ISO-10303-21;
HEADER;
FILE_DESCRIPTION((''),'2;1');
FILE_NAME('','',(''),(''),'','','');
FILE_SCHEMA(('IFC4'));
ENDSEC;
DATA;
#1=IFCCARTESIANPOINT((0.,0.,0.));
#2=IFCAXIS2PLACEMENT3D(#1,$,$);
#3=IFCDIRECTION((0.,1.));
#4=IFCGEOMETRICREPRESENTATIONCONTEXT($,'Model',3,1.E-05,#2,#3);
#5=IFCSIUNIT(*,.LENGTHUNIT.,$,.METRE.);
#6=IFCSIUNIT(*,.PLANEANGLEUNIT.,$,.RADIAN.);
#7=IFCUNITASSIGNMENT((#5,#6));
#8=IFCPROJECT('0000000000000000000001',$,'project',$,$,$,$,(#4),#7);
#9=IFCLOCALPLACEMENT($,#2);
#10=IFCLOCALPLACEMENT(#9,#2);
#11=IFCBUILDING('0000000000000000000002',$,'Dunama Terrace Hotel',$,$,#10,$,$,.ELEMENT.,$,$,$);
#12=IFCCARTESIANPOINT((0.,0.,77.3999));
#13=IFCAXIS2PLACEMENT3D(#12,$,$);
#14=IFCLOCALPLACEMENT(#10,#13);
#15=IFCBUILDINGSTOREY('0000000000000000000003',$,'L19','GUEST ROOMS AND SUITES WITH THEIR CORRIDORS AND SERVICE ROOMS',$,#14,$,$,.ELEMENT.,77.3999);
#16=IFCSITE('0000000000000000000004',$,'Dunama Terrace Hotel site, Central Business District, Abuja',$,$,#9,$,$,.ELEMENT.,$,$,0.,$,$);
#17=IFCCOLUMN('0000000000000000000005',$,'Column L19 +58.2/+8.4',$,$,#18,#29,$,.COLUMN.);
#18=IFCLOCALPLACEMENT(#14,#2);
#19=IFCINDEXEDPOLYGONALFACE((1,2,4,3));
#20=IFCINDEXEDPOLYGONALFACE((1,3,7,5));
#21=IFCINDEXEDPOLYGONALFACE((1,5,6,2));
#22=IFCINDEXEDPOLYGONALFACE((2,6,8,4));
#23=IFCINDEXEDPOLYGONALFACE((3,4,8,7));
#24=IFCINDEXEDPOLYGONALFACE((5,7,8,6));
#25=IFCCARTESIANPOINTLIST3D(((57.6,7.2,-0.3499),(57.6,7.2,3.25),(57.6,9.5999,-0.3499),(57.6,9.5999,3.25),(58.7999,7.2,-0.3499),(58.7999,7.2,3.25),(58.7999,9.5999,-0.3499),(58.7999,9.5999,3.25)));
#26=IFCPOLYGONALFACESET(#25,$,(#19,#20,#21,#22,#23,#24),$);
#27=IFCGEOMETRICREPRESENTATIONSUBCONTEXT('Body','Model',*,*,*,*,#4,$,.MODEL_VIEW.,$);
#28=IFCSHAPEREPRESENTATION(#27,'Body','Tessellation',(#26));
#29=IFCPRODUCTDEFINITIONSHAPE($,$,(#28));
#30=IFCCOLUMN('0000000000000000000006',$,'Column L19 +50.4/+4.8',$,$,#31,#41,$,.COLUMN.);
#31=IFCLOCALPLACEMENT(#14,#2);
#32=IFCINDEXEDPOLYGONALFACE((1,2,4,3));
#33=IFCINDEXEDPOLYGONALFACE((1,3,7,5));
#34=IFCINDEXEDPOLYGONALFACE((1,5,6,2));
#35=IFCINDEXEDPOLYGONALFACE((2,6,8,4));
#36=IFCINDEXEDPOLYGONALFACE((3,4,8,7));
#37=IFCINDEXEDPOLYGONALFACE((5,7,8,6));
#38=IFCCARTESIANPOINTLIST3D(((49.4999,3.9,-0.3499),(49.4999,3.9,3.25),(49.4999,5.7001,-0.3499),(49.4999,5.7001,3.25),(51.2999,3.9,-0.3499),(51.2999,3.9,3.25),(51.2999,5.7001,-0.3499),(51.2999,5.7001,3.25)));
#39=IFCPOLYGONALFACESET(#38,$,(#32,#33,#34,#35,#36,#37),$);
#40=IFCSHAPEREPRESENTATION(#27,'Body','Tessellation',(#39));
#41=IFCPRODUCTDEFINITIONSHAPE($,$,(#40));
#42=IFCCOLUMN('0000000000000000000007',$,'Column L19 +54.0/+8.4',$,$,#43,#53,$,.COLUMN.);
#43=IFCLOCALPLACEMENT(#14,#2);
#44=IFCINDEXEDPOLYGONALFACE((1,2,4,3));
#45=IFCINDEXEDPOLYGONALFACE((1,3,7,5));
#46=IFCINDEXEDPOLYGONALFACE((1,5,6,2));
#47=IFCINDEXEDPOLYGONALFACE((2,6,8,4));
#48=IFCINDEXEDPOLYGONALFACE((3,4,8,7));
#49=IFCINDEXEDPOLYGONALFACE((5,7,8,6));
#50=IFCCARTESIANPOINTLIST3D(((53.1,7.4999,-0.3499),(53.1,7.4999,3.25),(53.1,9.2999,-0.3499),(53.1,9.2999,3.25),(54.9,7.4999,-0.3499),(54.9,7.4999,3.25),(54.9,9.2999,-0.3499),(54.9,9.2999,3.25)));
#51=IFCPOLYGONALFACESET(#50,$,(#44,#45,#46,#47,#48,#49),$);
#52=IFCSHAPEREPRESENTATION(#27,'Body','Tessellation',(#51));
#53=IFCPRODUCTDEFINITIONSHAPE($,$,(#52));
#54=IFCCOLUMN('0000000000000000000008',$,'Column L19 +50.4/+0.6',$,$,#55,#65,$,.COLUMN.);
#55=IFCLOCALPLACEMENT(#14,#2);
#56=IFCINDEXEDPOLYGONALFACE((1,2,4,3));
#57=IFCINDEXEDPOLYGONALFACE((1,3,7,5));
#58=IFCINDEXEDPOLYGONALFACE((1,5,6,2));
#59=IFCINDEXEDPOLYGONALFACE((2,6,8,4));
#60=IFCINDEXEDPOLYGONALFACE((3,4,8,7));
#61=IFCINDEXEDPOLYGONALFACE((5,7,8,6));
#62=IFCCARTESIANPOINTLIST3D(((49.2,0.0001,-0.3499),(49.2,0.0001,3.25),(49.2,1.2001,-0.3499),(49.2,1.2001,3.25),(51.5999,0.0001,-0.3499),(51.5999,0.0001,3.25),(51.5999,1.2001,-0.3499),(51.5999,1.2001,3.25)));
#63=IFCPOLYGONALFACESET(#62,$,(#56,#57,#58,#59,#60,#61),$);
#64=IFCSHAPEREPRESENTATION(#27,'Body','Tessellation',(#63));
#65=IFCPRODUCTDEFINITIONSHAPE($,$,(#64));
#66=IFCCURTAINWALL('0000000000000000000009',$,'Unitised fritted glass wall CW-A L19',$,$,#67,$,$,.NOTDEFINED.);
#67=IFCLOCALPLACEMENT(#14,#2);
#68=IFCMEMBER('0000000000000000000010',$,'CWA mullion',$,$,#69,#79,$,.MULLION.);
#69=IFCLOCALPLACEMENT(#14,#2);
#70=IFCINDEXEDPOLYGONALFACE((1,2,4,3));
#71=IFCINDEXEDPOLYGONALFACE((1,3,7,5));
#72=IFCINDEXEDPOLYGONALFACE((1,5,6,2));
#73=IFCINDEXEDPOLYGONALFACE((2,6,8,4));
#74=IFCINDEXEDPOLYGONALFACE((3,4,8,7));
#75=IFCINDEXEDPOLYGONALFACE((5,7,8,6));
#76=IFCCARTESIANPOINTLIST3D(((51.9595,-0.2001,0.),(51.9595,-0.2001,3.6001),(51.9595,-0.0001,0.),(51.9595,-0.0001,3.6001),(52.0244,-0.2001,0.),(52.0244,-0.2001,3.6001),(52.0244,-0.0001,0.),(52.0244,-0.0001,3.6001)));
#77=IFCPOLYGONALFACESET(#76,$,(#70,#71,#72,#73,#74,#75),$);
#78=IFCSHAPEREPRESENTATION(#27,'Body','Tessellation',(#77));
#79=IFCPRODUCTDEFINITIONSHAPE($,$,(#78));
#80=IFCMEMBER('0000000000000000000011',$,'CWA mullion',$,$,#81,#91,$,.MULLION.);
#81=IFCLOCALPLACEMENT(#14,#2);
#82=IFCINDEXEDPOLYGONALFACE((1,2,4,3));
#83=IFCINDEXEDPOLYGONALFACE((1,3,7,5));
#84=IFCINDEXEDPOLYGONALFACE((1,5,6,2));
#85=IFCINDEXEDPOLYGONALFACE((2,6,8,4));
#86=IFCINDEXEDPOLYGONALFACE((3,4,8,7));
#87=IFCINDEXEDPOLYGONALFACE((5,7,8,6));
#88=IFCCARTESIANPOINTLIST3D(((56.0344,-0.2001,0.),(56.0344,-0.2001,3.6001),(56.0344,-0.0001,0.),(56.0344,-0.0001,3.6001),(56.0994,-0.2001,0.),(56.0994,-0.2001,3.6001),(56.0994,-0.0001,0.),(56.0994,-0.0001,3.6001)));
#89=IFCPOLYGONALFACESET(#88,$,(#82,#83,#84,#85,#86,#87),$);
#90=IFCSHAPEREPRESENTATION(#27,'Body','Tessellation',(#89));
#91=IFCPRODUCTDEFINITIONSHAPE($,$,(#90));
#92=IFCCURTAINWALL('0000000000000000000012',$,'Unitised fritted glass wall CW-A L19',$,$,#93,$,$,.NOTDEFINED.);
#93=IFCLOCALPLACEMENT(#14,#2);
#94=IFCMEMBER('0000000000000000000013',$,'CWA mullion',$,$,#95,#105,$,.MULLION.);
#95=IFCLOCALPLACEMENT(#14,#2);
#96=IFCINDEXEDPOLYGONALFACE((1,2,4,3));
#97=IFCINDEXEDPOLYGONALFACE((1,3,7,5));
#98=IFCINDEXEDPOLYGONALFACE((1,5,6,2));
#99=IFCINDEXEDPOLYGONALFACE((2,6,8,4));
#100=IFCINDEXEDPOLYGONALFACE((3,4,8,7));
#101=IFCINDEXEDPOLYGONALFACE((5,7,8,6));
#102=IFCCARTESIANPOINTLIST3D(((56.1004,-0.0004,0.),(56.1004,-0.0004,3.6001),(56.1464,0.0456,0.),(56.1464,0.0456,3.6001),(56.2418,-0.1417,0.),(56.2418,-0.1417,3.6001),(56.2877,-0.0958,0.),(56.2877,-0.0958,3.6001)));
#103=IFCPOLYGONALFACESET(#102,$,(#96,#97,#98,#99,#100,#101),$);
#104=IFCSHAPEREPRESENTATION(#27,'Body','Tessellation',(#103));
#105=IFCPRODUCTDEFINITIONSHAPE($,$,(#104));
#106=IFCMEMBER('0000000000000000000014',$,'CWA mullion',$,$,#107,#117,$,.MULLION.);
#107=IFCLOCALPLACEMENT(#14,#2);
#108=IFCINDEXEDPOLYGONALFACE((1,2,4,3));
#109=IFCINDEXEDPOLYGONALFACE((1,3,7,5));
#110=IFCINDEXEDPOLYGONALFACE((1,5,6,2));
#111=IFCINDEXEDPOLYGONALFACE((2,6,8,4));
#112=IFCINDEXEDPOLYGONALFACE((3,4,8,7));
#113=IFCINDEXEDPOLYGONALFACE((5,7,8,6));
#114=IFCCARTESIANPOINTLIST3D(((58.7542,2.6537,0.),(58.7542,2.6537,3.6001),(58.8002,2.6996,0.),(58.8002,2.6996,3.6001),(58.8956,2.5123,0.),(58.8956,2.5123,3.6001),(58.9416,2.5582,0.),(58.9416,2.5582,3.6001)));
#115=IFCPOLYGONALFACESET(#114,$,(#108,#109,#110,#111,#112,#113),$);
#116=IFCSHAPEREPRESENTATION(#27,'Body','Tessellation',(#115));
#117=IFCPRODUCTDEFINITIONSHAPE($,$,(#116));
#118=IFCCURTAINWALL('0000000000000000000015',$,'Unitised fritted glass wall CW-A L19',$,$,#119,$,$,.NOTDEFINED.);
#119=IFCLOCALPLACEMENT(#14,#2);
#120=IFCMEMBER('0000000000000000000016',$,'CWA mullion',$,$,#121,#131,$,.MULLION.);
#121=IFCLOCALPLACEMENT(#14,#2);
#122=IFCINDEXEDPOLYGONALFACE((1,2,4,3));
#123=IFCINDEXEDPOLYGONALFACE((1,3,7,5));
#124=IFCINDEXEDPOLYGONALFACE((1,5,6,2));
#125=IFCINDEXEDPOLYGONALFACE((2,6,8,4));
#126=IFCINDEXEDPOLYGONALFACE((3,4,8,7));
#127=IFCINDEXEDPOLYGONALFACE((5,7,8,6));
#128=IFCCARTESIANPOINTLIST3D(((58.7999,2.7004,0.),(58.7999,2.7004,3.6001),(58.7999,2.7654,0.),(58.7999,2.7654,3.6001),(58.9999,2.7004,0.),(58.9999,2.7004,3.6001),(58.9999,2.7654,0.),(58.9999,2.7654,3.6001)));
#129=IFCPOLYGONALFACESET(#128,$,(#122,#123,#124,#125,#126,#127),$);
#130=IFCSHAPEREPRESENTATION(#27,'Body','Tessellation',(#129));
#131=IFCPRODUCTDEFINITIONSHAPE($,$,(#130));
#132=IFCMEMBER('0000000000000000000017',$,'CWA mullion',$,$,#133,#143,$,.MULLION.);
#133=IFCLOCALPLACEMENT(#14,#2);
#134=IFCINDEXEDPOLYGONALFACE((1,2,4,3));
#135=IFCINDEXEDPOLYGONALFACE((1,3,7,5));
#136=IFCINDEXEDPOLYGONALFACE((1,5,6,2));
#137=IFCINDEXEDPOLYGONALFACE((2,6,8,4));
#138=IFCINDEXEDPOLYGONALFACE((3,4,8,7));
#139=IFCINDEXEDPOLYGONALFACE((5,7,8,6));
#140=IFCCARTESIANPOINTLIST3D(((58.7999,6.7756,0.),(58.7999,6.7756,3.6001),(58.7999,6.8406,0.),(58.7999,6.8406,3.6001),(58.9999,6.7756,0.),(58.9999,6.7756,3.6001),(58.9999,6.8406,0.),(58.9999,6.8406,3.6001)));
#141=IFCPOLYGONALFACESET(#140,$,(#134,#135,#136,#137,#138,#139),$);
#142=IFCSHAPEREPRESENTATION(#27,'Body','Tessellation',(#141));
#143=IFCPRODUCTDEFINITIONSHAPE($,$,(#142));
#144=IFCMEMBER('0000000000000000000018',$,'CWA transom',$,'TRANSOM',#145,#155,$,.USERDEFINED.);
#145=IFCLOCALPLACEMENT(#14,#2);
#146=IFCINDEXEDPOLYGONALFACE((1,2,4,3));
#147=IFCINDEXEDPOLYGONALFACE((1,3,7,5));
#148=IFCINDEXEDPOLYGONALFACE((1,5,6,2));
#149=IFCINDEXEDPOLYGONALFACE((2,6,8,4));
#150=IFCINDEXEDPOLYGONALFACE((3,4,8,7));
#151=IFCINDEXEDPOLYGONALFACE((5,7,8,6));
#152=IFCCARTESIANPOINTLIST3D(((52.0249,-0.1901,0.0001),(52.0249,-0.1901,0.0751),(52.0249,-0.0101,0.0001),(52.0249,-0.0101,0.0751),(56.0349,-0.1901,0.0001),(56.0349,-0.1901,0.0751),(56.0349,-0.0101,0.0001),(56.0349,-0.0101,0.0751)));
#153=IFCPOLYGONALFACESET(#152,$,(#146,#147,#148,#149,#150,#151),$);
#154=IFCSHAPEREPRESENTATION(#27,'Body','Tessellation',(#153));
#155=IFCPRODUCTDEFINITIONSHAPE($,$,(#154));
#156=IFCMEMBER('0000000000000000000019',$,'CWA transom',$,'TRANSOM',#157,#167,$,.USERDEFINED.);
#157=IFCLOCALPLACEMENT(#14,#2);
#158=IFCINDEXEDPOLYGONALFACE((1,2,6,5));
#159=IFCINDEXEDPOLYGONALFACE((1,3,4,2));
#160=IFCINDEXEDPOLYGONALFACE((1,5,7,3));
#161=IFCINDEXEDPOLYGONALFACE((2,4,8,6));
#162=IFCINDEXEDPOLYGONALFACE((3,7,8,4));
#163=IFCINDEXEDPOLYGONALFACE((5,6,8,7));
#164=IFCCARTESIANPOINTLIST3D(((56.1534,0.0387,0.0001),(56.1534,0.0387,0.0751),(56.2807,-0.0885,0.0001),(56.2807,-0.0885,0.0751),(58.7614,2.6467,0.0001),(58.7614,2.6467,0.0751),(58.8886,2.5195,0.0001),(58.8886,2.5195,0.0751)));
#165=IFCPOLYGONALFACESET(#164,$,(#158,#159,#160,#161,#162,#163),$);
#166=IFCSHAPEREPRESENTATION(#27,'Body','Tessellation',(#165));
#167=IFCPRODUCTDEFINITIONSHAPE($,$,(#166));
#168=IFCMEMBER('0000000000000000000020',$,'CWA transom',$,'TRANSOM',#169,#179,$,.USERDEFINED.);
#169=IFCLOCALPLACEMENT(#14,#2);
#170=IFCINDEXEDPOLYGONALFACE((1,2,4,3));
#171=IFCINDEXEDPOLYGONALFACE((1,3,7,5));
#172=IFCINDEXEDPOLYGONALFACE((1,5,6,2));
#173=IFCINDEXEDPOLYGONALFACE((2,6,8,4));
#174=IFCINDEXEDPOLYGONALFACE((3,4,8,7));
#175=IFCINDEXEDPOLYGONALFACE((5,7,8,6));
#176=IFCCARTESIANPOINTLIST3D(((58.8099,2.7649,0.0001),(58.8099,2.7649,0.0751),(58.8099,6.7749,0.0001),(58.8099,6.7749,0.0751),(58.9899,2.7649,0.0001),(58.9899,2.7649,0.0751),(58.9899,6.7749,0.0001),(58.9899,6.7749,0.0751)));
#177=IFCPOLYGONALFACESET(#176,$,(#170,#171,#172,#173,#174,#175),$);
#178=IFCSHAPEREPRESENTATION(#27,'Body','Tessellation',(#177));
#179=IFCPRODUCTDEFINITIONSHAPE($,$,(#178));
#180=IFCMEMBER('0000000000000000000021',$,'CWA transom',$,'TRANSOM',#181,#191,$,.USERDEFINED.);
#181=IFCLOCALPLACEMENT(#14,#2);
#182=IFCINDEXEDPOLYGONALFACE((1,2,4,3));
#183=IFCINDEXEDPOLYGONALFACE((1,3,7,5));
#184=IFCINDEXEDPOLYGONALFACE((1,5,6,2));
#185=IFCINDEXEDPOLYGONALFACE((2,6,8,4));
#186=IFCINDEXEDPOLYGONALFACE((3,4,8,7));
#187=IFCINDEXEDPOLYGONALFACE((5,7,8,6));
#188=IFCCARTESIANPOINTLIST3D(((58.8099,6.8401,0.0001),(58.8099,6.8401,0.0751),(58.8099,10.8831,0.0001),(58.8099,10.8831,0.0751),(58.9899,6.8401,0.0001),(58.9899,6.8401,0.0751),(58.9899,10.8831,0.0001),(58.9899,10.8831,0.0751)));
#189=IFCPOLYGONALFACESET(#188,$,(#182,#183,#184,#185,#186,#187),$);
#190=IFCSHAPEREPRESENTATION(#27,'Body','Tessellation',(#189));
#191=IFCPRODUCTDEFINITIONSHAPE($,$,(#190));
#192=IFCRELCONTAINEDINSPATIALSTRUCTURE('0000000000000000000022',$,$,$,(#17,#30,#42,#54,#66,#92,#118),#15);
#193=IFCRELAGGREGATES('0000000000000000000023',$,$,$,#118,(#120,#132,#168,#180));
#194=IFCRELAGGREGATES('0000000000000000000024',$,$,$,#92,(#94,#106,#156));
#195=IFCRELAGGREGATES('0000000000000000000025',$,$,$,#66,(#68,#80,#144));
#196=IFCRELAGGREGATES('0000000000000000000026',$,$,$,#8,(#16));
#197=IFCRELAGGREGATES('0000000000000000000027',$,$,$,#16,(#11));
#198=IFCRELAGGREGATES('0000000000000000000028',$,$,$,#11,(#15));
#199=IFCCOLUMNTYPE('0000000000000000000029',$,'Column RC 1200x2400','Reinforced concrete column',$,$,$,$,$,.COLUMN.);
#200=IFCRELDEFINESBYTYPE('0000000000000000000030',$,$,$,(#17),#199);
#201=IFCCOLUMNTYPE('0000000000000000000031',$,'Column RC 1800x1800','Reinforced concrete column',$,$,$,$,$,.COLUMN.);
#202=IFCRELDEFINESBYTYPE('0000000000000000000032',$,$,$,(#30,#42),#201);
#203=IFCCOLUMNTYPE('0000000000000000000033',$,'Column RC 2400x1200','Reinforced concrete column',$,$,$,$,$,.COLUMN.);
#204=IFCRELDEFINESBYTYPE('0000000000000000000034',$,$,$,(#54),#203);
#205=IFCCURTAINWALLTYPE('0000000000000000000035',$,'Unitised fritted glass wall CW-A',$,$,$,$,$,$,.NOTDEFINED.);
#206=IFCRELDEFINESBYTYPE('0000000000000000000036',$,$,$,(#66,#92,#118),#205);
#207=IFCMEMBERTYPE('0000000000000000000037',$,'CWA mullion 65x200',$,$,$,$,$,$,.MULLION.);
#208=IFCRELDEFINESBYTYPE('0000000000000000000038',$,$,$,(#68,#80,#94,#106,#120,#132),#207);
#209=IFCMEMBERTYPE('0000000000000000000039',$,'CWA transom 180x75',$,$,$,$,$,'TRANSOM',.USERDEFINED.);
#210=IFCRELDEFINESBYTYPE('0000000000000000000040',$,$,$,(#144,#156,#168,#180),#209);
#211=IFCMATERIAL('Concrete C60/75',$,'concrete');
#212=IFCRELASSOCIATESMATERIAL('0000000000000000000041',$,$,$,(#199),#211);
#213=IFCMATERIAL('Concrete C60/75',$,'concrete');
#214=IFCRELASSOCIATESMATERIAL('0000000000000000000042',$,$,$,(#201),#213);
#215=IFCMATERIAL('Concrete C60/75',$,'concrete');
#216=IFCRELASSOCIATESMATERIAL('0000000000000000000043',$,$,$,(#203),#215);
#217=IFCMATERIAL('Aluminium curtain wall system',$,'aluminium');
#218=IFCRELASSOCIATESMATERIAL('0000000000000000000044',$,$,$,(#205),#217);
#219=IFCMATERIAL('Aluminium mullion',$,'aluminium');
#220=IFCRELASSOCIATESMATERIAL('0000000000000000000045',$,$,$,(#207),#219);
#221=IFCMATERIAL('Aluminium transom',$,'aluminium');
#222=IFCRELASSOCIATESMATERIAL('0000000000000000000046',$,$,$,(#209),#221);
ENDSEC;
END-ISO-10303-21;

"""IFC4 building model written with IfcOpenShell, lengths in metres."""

from ifc_helpers import new_model, si_unit, direction, frame, origin, origin_2d, place, context, subcontext, project, spatial, rectangle, extrude, material, material_profile, profile_set, type_object, element, aggregate, save


model = new_model("IFC4")

# Units and contexts
model_context = context("Model", 3, precision=1e-05, world=origin(), true_north=direction((0.0, 1.0)))
body_context = subcontext(model_context, "Body", "Model", "MODEL_VIEW")
ifc_project = project(units=[si_unit("LENGTHUNIT", "METRE"), si_unit("PLANEANGLEUNIT", "RADIAN")], contexts=[model_context])

# Site, building, storey
site_placement = place(None, origin())
site = spatial("IfcSite", under=ifc_project, at=site_placement, Name="Dunama Terrace Hotel site, Central Business District, Abuja", CompositionType="ELEMENT", RefElevation=0.0)
building_placement = place(site_placement, origin())
building = spatial("IfcBuilding", under=site, at=building_placement, Name="Dunama Terrace Hotel", CompositionType="ELEMENT")
storey_placement = place(building_placement, frame((0.0, 0.0, 77.3999)))
storey = spatial("IfcBuildingStorey", under=building, at=storey_placement, Name="L19", Description="GUEST ROOMS AND SUITES WITH THEIR CORRIDORS AND SERVICE ROOMS", CompositionType="ELEMENT", Elevation=77.3999)

# Columns
ifc_material_1 = material(Name="Concrete C60/75", Category="concrete")
ifc_material_profile_1 = material_profile(ifc_material_1, rectangle(XDim=1.2, YDim=2.3999, at=origin_2d()), Name="RC 1200x2400")
ifc_profile_set_1 = profile_set([ifc_material_profile_1], Name="Concrete C60/75")
column_type_1 = type_object("IfcColumnType", Name="Column RC 1200x2400", Description="Reinforced concrete column", PredefinedType="COLUMN", material=ifc_profile_set_1)
column_1_placement = place(storey_placement, frame((58.2, 8.3999, -0.3499), z_axis=(0.0, 0.0, 1.0), x_axis=(1.0, 0.0, 0.0)))
element("IfcColumn", 1, at=column_1_placement, inside=storey, type_object=column_type_1, Name="Column L19 +58.2/+8.4", PredefinedType="COLUMN", context=body_context, shape_type="SweptSolid", body=[
    extrude(rectangle(XDim=1.2, YDim=2.3999, at=origin_2d()), origin(), (0.0, 0.0, 1.0), 3.5999),
])
ifc_material_2 = material(Name="Concrete C60/75", Category="concrete")
ifc_material_profile_2 = material_profile(ifc_material_2, rectangle(XDim=1.8, YDim=1.8, at=origin_2d()), Name="RC 1800x1800")
ifc_profile_set_2 = profile_set([ifc_material_profile_2], Name="Concrete C60/75")
column_type_2 = type_object("IfcColumnType", Name="Column RC 1800x1800", Description="Reinforced concrete column", PredefinedType="COLUMN", material=ifc_profile_set_2)
for number, where, z_axis, x_axis, name in (
    (2, (50.3999, 4.8, -0.3499), (0.0, 0.0, 1.0), (1.0, 0.0, 0.0), "Column L19 +50.4/+4.8"),
    (3, (54.0, 8.3999, -0.3499), (0.0, 0.0, 1.0), (1.0, 0.0, 0.0), "Column L19 +54.0/+8.4"),
):
    element("IfcColumn", number, at=place(storey_placement, frame(where, z_axis=z_axis, x_axis=x_axis)), inside=storey, type_object=column_type_2, Name=name, PredefinedType="COLUMN", context=body_context, shape_type="SweptSolid", body=[
        extrude(rectangle(XDim=1.8, YDim=1.8, at=origin_2d()), origin(), (0.0, 0.0, 1.0), 3.5999),
    ])
ifc_material_3 = material(Name="Concrete C60/75", Category="concrete")
ifc_material_profile_3 = material_profile(ifc_material_3, rectangle(XDim=2.3999, YDim=1.2, at=origin_2d()), Name="RC 2400x1200")
ifc_profile_set_3 = profile_set([ifc_material_profile_3], Name="Concrete C60/75")
column_type_3 = type_object("IfcColumnType", Name="Column RC 2400x1200", Description="Reinforced concrete column", PredefinedType="COLUMN", material=ifc_profile_set_3)
column_2_placement = place(storey_placement, frame((50.3999, 0.6001, -0.3499), z_axis=(0.0, 0.0, 1.0), x_axis=(1.0, 0.0, 0.0)))
element("IfcColumn", 4, at=column_2_placement, inside=storey, type_object=column_type_3, Name="Column L19 +50.4/+0.6", PredefinedType="COLUMN", context=body_context, shape_type="SweptSolid", body=[
    extrude(rectangle(XDim=2.3999, YDim=1.2, at=origin_2d()), origin(), (0.0, 0.0, 1.0), 3.5999),
])

# Curtain walls, members
ifc_material_4 = material(Name="Aluminium curtain wall system", Category="aluminium")
curtain_wall_type = type_object("IfcCurtainWallType", Name="Unitised fritted glass wall CW-A", PredefinedType="NOTDEFINED", material=ifc_material_4)
curtain_wall_1_placement = place(storey_placement, origin())
curtain_wall_1 = element("IfcCurtainWall", 5, at=curtain_wall_1_placement, inside=storey, type_object=curtain_wall_type, Name="Unitised fritted glass wall CW-A L19", PredefinedType="NOTDEFINED")
ifc_material_5 = material(Name="Aluminium mullion", Category="aluminium")
ifc_material_profile_4 = material_profile(ifc_material_5, rectangle(XDim=0.0649, YDim=0.2, at=origin_2d()), Name="CWA MULLION 65X200")
ifc_profile_set_4 = profile_set([ifc_material_profile_4], Name="Aluminium mullion")
member_type_1 = type_object("IfcMemberType", Name="CWA mullion 65x200", PredefinedType="MULLION", material=ifc_profile_set_4)
member_1_placement = place(storey_placement, frame((51.9919, -0.1001, 0.0), z_axis=(0.0, 0.0, 1.0), x_axis=(1.0, 0.0, 0.0)))
member_1 = element("IfcMember", 6, at=member_1_placement, type_object=member_type_1, Name="CWA mullion", PredefinedType="MULLION", context=body_context, shape_type="SweptSolid", body=[
    extrude(rectangle(XDim=0.0649, YDim=0.2, at=origin_2d()), origin(), (0.0, 0.0, 1.0), 3.6001),
])
member_2_placement = place(storey_placement, frame((56.0669, -0.1001, 0.0), z_axis=(0.0, 0.0, 1.0), x_axis=(1.0, 0.0, 0.0)))
member_2 = element("IfcMember", 7, at=member_2_placement, type_object=member_type_1, Name="CWA mullion", PredefinedType="MULLION", context=body_context, shape_type="SweptSolid", body=[
    extrude(rectangle(XDim=0.0649, YDim=0.2, at=origin_2d()), origin(), (0.0, 0.0, 1.0), 3.6001),
])
curtain_wall_2_placement = place(storey_placement, origin())
curtain_wall_2 = element("IfcCurtainWall", 8, at=curtain_wall_2_placement, inside=storey, type_object=curtain_wall_type, Name="Unitised fritted glass wall CW-A L19", PredefinedType="NOTDEFINED")
member_3_placement = place(storey_placement, frame((56.1941, -0.0481, 0.0), z_axis=(0.0, 0.0, 1.0), x_axis=(0.707107, 0.707107, 0.0)))
member_3 = element("IfcMember", 9, at=member_3_placement, type_object=member_type_1, Name="CWA mullion", PredefinedType="MULLION", context=body_context, shape_type="SweptSolid", body=[
    extrude(rectangle(XDim=0.0649, YDim=0.2, at=origin_2d()), origin(), (0.0, 0.0, 1.0), 3.6001),
])
member_4_placement = place(storey_placement, frame((58.8479, 2.606, 0.0), z_axis=(0.0, 0.0, 1.0), x_axis=(0.707107, 0.707107, 0.0)))
member_4 = element("IfcMember", 10, at=member_4_placement, type_object=member_type_1, Name="CWA mullion", PredefinedType="MULLION", context=body_context, shape_type="SweptSolid", body=[
    extrude(rectangle(XDim=0.0649, YDim=0.2, at=origin_2d()), origin(), (0.0, 0.0, 1.0), 3.6001),
])
curtain_wall_3_placement = place(storey_placement, origin())
curtain_wall_3 = element("IfcCurtainWall", 11, at=curtain_wall_3_placement, inside=storey, type_object=curtain_wall_type, Name="Unitised fritted glass wall CW-A L19", PredefinedType="NOTDEFINED")
member_5_placement = place(storey_placement, frame((58.8999, 2.7329, 0.0), z_axis=(0.0, 0.0, 1.0), x_axis=(0.0, 1.0, 0.0)))
member_5 = element("IfcMember", 12, at=member_5_placement, type_object=member_type_1, Name="CWA mullion", PredefinedType="MULLION", context=body_context, shape_type="SweptSolid", body=[
    extrude(rectangle(XDim=0.0649, YDim=0.2, at=origin_2d()), origin(), (0.0, 0.0, 1.0), 3.6001),
])
member_6_placement = place(storey_placement, frame((58.8999, 6.8081, 0.0), z_axis=(0.0, 0.0, 1.0), x_axis=(0.0, 1.0, 0.0)))
member_6 = element("IfcMember", 13, at=member_6_placement, type_object=member_type_1, Name="CWA mullion", PredefinedType="MULLION", context=body_context, shape_type="SweptSolid", body=[
    extrude(rectangle(XDim=0.0649, YDim=0.2, at=origin_2d()), origin(), (0.0, 0.0, 1.0), 3.6001),
])

# Members
ifc_material_6 = material(Name="Aluminium transom", Category="aluminium")
ifc_material_profile_5 = material_profile(ifc_material_6, rectangle(XDim=0.1799, YDim=0.075, at=origin_2d()), Name="CWA TRANSOM 180X75")
ifc_profile_set_5 = profile_set([ifc_material_profile_5], Name="Aluminium transom")
member_type_2 = type_object("IfcMemberType", Name="CWA transom 180x75", ElementType="TRANSOM", PredefinedType="USERDEFINED", material=ifc_profile_set_5)
member_7_placement = place(storey_placement, frame((52.0249, -0.1001, 0.0376), z_axis=(1.0, 0.0, 0.0), x_axis=(0.0, 1.0, 0.0)))
member_7 = element("IfcMember", 14, at=member_7_placement, type_object=member_type_2, Name="CWA transom", ObjectType="TRANSOM", PredefinedType="USERDEFINED", context=body_context, shape_type="SweptSolid", body=[
    extrude(rectangle(XDim=0.1799, YDim=0.075, at=origin_2d()), origin(), (0.0, 0.0, 1.0), 4.01),
])
member_8_placement = place(storey_placement, frame((56.217, -0.0249, 0.0376), z_axis=(0.707107, 0.707107, 0.0), x_axis=(-0.707107, 0.707107, 0.0)))
member_8 = element("IfcMember", 15, at=member_8_placement, type_object=member_type_2, Name="CWA transom", ObjectType="TRANSOM", PredefinedType="USERDEFINED", context=body_context, shape_type="SweptSolid", body=[
    extrude(rectangle(XDim=0.1799, YDim=0.075, at=origin_2d()), origin(), (0.0, 0.0, 1.0), 3.6882),
])
member_9_placement = place(storey_placement, frame((58.8999, 2.7649, 0.0376), z_axis=(0.0, 1.0, 0.0), x_axis=(-1.0, 0.0, 0.0)))
member_9 = element("IfcMember", 16, at=member_9_placement, type_object=member_type_2, Name="CWA transom", ObjectType="TRANSOM", PredefinedType="USERDEFINED", context=body_context, shape_type="SweptSolid", body=[
    extrude(rectangle(XDim=0.1799, YDim=0.075, at=origin_2d()), origin(), (0.0, 0.0, 1.0), 4.01),
])
member_10_placement = place(storey_placement, frame((58.8999, 6.8401, 0.0376), z_axis=(0.0, 1.0, 0.0), x_axis=(-1.0, 0.0, 0.0)))
member_10 = element("IfcMember", 17, at=member_10_placement, type_object=member_type_2, Name="CWA transom", ObjectType="TRANSOM", PredefinedType="USERDEFINED", context=body_context, shape_type="SweptSolid", body=[
    extrude(rectangle(XDim=0.1799, YDim=0.075, at=origin_2d()), origin(), (0.0, 0.0, 1.0), 4.043),
])

aggregate(curtain_wall_3, [member_5, member_6, member_9, member_10])
aggregate(curtain_wall_2, [member_3, member_4, member_8])
aggregate(curtain_wall_1, [member_1, member_2, member_7])

save(model, "model.ifc")
